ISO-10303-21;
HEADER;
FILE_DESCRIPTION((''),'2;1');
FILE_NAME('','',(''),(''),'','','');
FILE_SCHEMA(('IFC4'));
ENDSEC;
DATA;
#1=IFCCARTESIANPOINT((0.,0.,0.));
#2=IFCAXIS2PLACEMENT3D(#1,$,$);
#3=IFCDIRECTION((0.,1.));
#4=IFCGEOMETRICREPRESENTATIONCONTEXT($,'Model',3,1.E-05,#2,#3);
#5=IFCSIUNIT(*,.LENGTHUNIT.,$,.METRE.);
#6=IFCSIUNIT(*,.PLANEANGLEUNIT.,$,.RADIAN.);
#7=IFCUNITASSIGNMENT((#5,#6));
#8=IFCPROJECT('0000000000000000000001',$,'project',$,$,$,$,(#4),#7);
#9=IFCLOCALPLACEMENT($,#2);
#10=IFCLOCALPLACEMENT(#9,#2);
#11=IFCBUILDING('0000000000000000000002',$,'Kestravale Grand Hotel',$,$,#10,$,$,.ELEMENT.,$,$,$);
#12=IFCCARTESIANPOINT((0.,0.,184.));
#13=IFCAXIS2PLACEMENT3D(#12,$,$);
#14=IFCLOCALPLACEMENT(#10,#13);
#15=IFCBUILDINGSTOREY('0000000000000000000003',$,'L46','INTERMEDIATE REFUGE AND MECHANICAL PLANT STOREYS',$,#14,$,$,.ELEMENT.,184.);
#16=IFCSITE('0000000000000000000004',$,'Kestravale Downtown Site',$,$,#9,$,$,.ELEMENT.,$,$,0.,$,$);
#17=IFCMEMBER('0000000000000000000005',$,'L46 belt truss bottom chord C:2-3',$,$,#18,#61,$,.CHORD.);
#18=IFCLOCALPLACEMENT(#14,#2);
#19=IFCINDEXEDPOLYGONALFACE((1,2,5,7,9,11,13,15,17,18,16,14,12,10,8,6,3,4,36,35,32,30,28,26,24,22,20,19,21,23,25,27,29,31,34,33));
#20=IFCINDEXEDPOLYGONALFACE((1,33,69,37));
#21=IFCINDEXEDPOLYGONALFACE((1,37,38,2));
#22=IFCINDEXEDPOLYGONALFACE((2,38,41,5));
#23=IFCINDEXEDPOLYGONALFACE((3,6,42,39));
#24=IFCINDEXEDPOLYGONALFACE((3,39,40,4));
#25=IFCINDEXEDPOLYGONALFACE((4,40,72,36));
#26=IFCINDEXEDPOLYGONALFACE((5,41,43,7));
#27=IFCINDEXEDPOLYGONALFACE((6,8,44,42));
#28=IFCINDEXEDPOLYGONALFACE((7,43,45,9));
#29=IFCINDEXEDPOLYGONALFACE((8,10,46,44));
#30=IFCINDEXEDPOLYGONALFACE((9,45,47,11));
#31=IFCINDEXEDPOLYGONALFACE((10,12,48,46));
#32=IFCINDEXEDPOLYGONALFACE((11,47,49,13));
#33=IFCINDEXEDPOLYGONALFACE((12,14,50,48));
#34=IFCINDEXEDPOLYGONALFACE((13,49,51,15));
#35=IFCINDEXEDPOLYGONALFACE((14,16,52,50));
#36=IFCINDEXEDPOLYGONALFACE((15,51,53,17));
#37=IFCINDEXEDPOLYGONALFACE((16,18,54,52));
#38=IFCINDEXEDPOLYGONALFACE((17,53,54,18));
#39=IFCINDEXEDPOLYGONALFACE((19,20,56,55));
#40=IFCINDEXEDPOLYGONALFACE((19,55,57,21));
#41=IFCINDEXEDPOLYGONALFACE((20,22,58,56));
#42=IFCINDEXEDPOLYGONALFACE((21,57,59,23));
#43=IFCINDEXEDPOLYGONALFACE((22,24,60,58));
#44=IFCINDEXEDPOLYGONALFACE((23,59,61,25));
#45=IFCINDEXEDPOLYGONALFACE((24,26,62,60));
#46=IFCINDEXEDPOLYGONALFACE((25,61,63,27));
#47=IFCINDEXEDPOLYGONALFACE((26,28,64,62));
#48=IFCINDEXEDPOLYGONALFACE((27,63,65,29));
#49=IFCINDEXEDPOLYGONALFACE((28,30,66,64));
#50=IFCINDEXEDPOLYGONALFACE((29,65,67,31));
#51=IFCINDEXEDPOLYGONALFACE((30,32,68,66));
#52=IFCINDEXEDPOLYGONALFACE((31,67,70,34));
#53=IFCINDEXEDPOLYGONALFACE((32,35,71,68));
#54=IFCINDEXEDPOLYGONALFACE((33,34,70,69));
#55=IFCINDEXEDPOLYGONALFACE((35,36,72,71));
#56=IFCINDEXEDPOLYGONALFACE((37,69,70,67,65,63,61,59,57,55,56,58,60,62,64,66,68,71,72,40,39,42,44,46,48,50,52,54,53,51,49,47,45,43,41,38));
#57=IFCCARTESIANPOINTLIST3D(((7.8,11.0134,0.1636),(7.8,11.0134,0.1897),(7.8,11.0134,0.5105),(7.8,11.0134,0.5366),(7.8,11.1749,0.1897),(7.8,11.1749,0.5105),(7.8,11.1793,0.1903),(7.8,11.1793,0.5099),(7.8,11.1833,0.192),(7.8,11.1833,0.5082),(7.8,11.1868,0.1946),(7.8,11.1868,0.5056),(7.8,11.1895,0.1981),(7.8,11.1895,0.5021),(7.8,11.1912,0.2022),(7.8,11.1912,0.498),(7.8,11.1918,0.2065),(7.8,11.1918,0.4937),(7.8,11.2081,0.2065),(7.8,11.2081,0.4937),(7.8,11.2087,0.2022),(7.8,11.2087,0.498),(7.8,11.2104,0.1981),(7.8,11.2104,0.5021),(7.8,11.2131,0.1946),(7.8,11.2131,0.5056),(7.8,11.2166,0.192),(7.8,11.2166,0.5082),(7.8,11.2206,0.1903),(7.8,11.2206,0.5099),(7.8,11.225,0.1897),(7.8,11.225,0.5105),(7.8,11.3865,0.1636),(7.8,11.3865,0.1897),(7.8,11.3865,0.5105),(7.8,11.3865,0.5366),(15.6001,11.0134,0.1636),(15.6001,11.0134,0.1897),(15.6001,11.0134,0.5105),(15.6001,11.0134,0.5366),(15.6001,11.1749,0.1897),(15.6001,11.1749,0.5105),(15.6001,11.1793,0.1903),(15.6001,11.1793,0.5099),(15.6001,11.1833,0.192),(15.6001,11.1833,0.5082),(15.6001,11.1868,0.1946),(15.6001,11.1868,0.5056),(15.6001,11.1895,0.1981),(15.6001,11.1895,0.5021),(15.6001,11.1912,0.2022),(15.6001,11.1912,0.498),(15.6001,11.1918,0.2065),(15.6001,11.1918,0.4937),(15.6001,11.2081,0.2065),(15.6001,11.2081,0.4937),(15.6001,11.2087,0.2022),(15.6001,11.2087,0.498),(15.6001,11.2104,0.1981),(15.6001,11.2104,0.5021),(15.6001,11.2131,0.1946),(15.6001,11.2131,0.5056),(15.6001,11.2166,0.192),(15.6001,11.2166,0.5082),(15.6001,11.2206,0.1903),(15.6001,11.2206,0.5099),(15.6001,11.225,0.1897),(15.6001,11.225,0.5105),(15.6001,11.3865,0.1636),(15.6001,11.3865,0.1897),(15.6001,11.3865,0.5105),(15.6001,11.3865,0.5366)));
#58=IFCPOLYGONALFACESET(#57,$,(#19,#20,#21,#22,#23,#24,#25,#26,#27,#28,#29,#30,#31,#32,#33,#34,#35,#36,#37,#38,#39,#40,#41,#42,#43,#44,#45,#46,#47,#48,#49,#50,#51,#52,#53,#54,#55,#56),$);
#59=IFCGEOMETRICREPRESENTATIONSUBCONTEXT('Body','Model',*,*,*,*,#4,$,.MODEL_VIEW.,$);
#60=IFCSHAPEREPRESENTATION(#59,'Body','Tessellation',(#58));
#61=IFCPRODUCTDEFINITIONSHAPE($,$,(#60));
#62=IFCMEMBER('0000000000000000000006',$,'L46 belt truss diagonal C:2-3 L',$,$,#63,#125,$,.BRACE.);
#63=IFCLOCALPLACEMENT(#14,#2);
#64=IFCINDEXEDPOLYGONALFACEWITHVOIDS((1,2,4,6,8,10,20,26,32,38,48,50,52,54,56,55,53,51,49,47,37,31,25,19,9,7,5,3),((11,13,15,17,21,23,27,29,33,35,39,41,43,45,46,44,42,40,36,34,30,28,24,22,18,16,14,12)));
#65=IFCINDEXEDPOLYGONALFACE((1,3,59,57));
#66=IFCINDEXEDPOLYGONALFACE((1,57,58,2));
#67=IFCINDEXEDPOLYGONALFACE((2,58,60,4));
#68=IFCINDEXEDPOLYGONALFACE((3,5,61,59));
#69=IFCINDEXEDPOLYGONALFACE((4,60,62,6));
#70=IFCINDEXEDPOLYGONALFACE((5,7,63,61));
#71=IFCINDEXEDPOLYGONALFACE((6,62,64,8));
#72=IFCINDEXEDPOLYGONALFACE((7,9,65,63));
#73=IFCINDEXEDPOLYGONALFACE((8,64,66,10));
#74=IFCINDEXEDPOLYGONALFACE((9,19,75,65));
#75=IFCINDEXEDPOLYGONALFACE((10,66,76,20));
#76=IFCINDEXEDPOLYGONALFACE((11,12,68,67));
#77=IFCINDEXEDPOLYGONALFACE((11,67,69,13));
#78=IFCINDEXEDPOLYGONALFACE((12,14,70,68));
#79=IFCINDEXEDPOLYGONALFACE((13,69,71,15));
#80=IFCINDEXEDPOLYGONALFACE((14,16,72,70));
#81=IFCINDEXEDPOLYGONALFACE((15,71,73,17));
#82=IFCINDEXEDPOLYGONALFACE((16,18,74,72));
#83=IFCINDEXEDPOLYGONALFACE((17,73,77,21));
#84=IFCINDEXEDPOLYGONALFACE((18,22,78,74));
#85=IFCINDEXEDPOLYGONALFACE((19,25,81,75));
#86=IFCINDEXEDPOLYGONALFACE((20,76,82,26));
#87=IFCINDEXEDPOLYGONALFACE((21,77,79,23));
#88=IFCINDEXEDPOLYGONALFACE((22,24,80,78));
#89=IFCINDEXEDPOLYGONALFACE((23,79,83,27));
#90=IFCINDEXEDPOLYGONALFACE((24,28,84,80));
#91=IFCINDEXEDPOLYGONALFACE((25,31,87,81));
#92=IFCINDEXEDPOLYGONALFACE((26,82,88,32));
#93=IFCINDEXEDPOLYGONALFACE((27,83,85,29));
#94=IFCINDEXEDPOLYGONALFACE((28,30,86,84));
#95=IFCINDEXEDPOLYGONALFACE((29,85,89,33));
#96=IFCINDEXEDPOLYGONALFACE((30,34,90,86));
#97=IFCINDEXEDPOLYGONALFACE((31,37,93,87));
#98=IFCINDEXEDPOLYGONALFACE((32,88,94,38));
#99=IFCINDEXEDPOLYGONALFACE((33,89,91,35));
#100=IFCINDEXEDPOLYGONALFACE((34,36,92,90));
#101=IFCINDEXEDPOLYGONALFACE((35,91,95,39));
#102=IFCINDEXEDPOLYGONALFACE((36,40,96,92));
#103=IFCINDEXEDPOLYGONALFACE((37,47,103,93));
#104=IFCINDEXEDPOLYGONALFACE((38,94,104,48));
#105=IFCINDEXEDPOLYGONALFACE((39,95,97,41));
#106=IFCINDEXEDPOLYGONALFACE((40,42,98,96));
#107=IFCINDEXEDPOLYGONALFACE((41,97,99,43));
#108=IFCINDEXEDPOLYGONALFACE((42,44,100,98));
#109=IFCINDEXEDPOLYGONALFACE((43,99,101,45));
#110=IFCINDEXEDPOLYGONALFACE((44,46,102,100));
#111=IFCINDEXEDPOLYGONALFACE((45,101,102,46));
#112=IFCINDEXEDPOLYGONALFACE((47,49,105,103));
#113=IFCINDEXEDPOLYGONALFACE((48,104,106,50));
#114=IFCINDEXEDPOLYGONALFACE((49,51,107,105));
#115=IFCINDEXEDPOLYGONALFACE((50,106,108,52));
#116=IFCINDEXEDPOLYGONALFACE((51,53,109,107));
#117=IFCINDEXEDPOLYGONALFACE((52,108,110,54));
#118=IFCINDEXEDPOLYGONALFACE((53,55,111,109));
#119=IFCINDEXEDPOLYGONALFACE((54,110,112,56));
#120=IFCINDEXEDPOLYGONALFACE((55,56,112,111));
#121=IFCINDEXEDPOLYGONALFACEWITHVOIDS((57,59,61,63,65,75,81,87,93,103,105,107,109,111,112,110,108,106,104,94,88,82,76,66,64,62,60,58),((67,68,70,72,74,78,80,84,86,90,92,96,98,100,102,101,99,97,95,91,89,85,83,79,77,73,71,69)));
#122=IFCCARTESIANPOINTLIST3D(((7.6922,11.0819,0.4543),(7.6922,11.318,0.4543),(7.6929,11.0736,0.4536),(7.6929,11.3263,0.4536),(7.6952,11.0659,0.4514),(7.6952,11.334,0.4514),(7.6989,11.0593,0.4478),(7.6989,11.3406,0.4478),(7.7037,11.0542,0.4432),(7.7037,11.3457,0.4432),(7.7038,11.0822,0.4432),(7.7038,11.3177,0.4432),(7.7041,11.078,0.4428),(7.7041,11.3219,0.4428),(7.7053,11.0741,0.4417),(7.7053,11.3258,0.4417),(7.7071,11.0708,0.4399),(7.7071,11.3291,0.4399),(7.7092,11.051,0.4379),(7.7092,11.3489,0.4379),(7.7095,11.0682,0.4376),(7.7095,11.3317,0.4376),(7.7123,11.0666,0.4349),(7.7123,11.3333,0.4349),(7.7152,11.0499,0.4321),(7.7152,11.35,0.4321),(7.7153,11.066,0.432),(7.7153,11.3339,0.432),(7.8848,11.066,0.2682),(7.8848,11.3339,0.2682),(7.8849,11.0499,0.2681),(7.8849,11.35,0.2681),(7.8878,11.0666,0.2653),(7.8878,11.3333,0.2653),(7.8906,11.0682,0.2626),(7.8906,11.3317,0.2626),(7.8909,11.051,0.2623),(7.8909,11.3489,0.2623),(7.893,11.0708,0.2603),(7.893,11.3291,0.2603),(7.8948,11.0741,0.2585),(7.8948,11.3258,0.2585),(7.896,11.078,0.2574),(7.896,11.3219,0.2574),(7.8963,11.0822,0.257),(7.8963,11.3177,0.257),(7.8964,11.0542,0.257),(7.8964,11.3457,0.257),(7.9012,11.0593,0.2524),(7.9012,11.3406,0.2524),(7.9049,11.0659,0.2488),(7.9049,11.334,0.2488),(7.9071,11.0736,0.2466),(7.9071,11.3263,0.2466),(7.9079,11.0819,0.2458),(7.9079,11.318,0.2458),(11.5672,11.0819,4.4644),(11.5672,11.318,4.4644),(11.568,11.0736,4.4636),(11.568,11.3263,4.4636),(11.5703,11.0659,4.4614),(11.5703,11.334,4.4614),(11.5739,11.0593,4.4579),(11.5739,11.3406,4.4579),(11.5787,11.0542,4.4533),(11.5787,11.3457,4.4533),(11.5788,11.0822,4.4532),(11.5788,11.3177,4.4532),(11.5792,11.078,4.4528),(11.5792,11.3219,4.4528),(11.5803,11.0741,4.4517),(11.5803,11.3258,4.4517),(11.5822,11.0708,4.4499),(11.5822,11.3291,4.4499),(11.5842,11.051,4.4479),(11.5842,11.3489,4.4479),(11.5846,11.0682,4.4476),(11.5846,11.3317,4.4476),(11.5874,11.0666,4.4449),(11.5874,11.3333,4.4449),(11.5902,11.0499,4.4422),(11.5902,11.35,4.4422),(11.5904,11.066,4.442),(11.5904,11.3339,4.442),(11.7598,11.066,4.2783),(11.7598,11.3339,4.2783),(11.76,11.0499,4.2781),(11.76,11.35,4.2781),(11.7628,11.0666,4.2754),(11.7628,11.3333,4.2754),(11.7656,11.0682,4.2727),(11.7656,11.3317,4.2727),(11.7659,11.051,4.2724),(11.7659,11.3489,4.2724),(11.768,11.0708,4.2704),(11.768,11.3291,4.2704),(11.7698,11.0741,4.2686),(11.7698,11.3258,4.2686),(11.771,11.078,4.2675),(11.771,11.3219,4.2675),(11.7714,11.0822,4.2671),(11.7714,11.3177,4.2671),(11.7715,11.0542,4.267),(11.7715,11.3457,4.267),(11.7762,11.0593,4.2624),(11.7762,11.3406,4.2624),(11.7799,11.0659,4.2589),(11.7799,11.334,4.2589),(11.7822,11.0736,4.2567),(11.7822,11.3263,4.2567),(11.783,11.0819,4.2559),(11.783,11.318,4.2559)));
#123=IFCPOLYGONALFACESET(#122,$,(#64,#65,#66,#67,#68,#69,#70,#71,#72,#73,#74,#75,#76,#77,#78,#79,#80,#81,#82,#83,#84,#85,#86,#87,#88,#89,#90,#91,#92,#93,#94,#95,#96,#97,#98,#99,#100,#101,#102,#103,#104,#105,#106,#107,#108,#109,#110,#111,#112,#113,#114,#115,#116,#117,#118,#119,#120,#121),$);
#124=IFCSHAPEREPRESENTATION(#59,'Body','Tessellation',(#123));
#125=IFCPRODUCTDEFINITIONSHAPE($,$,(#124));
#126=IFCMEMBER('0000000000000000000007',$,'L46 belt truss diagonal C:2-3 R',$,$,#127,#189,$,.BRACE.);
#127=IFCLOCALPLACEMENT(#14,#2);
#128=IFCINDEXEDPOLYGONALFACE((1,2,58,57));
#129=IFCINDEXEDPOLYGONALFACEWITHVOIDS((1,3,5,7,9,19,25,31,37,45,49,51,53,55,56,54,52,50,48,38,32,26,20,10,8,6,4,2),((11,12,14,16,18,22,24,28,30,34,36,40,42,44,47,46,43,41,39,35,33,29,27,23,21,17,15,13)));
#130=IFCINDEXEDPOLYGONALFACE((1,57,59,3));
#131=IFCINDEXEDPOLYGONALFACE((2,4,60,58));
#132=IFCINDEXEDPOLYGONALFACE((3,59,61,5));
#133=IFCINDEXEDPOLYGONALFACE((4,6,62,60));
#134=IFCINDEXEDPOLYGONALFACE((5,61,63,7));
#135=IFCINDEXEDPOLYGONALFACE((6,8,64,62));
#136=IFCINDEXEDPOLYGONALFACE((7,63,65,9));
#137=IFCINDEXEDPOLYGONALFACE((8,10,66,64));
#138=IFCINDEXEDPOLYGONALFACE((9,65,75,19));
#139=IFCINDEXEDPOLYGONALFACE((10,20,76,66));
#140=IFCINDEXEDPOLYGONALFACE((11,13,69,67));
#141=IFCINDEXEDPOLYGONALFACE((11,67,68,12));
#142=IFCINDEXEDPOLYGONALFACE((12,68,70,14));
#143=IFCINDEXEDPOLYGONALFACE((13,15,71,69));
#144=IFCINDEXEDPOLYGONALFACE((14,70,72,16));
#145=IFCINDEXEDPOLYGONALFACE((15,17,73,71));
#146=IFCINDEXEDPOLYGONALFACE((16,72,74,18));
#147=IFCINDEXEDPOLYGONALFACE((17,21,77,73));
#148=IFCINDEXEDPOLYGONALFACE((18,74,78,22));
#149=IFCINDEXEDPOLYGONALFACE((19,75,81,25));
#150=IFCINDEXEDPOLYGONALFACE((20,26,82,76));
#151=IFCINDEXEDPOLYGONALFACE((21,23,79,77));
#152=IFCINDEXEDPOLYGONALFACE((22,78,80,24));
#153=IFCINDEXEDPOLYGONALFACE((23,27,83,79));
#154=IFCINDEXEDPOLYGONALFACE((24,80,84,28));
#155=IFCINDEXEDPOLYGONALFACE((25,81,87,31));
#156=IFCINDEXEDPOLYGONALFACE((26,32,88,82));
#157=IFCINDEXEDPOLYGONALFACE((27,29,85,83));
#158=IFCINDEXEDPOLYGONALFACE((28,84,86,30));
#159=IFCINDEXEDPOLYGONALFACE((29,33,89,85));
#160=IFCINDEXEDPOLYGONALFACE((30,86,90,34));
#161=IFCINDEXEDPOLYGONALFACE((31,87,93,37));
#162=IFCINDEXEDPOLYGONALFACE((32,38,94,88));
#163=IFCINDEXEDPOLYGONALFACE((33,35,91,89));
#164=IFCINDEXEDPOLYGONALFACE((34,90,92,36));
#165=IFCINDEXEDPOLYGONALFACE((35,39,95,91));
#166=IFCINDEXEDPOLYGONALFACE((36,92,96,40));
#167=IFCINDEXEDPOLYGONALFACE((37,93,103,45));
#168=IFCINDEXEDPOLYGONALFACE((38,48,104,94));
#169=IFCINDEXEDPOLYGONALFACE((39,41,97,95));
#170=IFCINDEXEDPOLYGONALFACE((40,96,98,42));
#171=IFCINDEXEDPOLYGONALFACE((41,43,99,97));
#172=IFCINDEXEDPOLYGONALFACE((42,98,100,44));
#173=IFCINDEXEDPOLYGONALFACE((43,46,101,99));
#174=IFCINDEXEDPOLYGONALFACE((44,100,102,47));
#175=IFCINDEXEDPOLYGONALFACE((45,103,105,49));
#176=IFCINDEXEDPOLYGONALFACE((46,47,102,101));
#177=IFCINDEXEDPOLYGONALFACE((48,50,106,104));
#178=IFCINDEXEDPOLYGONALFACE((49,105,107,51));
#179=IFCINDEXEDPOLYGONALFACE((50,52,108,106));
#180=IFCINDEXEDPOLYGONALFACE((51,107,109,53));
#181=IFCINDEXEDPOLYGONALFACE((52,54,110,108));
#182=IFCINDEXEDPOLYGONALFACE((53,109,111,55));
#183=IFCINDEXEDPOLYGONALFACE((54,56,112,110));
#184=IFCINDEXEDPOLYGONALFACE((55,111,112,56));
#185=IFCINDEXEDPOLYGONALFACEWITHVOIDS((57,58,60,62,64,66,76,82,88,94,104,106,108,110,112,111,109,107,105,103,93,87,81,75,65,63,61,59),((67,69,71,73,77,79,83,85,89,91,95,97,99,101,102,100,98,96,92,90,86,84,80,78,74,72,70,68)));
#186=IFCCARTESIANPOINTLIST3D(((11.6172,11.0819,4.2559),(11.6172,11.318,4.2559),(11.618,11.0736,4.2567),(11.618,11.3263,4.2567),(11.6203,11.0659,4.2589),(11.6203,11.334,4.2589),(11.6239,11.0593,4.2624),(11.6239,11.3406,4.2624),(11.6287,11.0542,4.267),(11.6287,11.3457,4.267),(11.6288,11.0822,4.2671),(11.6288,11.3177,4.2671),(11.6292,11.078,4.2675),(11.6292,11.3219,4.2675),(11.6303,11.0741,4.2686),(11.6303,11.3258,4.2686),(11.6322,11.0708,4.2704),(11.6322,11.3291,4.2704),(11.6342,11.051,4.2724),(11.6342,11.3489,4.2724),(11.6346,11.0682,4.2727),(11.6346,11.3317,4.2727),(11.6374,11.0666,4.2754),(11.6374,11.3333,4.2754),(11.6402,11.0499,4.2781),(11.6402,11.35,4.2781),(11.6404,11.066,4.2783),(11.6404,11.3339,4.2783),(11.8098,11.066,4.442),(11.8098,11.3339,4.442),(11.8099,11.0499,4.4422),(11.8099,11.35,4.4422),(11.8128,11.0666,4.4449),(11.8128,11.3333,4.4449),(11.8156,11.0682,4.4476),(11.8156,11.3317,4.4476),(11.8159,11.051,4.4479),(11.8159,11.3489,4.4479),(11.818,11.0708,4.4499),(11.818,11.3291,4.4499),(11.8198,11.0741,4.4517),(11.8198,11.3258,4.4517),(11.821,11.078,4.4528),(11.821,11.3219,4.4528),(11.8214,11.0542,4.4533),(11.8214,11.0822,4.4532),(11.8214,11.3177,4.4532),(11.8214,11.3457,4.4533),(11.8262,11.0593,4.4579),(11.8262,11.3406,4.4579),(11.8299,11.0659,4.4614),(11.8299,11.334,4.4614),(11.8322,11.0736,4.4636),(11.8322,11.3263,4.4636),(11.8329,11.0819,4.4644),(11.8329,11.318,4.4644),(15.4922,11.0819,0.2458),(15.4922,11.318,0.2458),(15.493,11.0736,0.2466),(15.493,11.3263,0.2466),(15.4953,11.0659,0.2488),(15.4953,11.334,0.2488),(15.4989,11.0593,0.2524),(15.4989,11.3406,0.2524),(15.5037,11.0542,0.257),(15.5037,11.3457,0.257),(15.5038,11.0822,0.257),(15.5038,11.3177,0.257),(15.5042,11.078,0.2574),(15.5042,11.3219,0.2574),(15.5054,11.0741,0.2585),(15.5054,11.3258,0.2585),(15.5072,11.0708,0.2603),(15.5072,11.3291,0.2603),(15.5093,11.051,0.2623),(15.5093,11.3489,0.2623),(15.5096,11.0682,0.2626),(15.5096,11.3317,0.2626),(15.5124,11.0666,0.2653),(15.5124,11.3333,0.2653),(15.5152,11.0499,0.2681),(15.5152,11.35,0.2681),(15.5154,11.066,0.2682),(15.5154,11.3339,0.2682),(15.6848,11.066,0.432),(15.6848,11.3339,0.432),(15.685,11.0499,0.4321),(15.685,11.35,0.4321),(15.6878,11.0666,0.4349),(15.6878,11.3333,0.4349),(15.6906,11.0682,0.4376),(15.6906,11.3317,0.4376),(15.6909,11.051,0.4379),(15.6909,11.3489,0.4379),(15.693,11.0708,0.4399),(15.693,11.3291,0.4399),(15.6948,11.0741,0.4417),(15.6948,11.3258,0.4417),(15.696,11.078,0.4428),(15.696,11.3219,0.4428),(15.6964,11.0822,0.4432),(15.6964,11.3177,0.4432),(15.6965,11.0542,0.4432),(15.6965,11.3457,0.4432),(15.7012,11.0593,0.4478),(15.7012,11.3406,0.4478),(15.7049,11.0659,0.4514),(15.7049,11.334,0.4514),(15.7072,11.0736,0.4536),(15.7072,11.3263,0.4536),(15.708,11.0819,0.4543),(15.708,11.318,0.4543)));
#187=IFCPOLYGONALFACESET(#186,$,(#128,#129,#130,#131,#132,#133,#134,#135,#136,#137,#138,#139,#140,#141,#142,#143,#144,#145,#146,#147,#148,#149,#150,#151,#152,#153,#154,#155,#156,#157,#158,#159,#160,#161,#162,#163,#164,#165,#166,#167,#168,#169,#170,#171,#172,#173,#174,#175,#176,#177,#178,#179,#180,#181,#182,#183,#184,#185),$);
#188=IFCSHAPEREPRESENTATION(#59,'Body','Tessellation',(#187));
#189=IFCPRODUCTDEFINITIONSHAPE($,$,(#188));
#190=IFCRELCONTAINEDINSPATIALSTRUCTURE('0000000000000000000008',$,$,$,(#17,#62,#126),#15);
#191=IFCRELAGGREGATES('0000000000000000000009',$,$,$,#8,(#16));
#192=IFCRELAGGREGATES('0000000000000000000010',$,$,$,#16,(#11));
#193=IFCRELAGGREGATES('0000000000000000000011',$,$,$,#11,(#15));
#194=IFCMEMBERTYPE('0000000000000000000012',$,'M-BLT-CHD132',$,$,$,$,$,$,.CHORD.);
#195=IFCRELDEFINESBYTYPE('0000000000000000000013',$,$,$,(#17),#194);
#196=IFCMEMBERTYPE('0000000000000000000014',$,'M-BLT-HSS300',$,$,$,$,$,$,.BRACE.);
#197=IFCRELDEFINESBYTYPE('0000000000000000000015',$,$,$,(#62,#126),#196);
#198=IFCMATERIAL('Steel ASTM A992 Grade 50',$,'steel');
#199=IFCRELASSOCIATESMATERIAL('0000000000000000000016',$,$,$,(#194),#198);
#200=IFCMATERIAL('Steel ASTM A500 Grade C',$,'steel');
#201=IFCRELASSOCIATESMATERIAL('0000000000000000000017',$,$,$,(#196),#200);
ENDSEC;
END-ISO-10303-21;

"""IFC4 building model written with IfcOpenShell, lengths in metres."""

from ifc_helpers import new_model, si_unit, direction, frame, origin, origin_2d, place, context, subcontext, project, spatial, hollow_rectangle, i_section, extrude, material, material_profile, profile_set, type_object, element, save


model = new_model("IFC4")

# Units and contexts
model_context = context("Model", 3, precision=1e-05, world=origin(), true_north=direction((0.0, 1.0)))
body_context = subcontext(model_context, "Body", "Model", "MODEL_VIEW")
ifc_project = project(units=[si_unit("LENGTHUNIT", "METRE"), si_unit("PLANEANGLEUNIT", "RADIAN")], contexts=[model_context])

# Site, building, storey
site_placement = place(None, origin())
site = spatial("IfcSite", under=ifc_project, at=site_placement, Name="Kestravale Downtown Site", CompositionType="ELEMENT", RefElevation=0.0)
building_placement = place(site_placement, origin())
building = spatial("IfcBuilding", under=site, at=building_placement, Name="Kestravale Grand Hotel", CompositionType="ELEMENT")
storey_placement = place(building_placement, frame((0.0, 0.0, 184.0)))
storey = spatial("IfcBuildingStorey", under=building, at=storey_placement, Name="L46", Description="INTERMEDIATE REFUGE AND MECHANICAL PLANT STOREYS", CompositionType="ELEMENT", Elevation=184.0)

# Members
ifc_material_1 = material(Name="Steel ASTM A992 Grade 50", Category="steel")
ifc_material_profile_1 = material_profile(ifc_material_1, i_section(OverallWidth=0.373, OverallDepth=0.373, WebThickness=0.0164, FlangeThickness=0.0261, FilletRadius=0.0168, at=origin_2d()))
ifc_profile_set_1 = profile_set([ifc_material_profile_1], Name="Steel ASTM A992 Grade 50")
member_type_1 = type_object("IfcMemberType", Name="M-BLT-CHD132", PredefinedType="CHORD", material=ifc_profile_set_1)
member_placement = place(storey_placement, frame((7.8, 11.2, 0.3501), z_axis=(1.0, 0.0, 0.0), x_axis=(0.0, 1.0, 0.0)))
element("IfcMember", 1, at=member_placement, inside=storey, type_object=member_type_1, Name="L46 belt truss bottom chord C:2-3", PredefinedType="CHORD", context=body_context, shape_type="SweptSolid", body=[
    extrude(i_section(OverallWidth=0.373, OverallDepth=0.373, WebThickness=0.0164, FlangeThickness=0.0261, FilletRadius=0.0168, at=origin_2d()), origin(), (0.0, 0.0, 1.0), 7.8),
])
ifc_material_2 = material(Name="Steel ASTM A500 Grade C", Category="steel")
ifc_material_profile_2 = material_profile(ifc_material_2, hollow_rectangle(XDim=0.3, YDim=0.3, WallThickness=0.0161, InnerFilletRadius=0.0161, OuterFilletRadius=0.032, at=origin_2d()))
ifc_profile_set_2 = profile_set([ifc_material_profile_2], Name="Steel ASTM A500 Grade C")
member_type_2 = type_object("IfcMemberType", Name="M-BLT-HSS300", PredefinedType="BRACE", material=ifc_profile_set_2)
for number, where, z_axis, x_axis, name in (
    (2, (7.8, 11.2, 0.3501), (0.694898, 0.0, 0.719109), (0.0, 1.0, 0.0), "L46 belt truss diagonal C:2-3 L"),
    (3, (15.6001, 11.2, 0.3501), (-0.694898, 0.0, 0.719109), (0.0, -1.0, 0.0), "L46 belt truss diagonal C:2-3 R"),
):
    element("IfcMember", number, at=place(storey_placement, frame(where, z_axis=z_axis, x_axis=x_axis)), inside=storey, type_object=member_type_2, Name=name, PredefinedType="BRACE", context=body_context, shape_type="SweptSolid", body=[
        extrude(hollow_rectangle(XDim=0.3, YDim=0.3, WallThickness=0.0161, InnerFilletRadius=0.0161, OuterFilletRadius=0.032, at=origin_2d()), origin(), (0.0, 0.0, 1.0), 5.5764),
    ])

save(model, "model.ifc")
